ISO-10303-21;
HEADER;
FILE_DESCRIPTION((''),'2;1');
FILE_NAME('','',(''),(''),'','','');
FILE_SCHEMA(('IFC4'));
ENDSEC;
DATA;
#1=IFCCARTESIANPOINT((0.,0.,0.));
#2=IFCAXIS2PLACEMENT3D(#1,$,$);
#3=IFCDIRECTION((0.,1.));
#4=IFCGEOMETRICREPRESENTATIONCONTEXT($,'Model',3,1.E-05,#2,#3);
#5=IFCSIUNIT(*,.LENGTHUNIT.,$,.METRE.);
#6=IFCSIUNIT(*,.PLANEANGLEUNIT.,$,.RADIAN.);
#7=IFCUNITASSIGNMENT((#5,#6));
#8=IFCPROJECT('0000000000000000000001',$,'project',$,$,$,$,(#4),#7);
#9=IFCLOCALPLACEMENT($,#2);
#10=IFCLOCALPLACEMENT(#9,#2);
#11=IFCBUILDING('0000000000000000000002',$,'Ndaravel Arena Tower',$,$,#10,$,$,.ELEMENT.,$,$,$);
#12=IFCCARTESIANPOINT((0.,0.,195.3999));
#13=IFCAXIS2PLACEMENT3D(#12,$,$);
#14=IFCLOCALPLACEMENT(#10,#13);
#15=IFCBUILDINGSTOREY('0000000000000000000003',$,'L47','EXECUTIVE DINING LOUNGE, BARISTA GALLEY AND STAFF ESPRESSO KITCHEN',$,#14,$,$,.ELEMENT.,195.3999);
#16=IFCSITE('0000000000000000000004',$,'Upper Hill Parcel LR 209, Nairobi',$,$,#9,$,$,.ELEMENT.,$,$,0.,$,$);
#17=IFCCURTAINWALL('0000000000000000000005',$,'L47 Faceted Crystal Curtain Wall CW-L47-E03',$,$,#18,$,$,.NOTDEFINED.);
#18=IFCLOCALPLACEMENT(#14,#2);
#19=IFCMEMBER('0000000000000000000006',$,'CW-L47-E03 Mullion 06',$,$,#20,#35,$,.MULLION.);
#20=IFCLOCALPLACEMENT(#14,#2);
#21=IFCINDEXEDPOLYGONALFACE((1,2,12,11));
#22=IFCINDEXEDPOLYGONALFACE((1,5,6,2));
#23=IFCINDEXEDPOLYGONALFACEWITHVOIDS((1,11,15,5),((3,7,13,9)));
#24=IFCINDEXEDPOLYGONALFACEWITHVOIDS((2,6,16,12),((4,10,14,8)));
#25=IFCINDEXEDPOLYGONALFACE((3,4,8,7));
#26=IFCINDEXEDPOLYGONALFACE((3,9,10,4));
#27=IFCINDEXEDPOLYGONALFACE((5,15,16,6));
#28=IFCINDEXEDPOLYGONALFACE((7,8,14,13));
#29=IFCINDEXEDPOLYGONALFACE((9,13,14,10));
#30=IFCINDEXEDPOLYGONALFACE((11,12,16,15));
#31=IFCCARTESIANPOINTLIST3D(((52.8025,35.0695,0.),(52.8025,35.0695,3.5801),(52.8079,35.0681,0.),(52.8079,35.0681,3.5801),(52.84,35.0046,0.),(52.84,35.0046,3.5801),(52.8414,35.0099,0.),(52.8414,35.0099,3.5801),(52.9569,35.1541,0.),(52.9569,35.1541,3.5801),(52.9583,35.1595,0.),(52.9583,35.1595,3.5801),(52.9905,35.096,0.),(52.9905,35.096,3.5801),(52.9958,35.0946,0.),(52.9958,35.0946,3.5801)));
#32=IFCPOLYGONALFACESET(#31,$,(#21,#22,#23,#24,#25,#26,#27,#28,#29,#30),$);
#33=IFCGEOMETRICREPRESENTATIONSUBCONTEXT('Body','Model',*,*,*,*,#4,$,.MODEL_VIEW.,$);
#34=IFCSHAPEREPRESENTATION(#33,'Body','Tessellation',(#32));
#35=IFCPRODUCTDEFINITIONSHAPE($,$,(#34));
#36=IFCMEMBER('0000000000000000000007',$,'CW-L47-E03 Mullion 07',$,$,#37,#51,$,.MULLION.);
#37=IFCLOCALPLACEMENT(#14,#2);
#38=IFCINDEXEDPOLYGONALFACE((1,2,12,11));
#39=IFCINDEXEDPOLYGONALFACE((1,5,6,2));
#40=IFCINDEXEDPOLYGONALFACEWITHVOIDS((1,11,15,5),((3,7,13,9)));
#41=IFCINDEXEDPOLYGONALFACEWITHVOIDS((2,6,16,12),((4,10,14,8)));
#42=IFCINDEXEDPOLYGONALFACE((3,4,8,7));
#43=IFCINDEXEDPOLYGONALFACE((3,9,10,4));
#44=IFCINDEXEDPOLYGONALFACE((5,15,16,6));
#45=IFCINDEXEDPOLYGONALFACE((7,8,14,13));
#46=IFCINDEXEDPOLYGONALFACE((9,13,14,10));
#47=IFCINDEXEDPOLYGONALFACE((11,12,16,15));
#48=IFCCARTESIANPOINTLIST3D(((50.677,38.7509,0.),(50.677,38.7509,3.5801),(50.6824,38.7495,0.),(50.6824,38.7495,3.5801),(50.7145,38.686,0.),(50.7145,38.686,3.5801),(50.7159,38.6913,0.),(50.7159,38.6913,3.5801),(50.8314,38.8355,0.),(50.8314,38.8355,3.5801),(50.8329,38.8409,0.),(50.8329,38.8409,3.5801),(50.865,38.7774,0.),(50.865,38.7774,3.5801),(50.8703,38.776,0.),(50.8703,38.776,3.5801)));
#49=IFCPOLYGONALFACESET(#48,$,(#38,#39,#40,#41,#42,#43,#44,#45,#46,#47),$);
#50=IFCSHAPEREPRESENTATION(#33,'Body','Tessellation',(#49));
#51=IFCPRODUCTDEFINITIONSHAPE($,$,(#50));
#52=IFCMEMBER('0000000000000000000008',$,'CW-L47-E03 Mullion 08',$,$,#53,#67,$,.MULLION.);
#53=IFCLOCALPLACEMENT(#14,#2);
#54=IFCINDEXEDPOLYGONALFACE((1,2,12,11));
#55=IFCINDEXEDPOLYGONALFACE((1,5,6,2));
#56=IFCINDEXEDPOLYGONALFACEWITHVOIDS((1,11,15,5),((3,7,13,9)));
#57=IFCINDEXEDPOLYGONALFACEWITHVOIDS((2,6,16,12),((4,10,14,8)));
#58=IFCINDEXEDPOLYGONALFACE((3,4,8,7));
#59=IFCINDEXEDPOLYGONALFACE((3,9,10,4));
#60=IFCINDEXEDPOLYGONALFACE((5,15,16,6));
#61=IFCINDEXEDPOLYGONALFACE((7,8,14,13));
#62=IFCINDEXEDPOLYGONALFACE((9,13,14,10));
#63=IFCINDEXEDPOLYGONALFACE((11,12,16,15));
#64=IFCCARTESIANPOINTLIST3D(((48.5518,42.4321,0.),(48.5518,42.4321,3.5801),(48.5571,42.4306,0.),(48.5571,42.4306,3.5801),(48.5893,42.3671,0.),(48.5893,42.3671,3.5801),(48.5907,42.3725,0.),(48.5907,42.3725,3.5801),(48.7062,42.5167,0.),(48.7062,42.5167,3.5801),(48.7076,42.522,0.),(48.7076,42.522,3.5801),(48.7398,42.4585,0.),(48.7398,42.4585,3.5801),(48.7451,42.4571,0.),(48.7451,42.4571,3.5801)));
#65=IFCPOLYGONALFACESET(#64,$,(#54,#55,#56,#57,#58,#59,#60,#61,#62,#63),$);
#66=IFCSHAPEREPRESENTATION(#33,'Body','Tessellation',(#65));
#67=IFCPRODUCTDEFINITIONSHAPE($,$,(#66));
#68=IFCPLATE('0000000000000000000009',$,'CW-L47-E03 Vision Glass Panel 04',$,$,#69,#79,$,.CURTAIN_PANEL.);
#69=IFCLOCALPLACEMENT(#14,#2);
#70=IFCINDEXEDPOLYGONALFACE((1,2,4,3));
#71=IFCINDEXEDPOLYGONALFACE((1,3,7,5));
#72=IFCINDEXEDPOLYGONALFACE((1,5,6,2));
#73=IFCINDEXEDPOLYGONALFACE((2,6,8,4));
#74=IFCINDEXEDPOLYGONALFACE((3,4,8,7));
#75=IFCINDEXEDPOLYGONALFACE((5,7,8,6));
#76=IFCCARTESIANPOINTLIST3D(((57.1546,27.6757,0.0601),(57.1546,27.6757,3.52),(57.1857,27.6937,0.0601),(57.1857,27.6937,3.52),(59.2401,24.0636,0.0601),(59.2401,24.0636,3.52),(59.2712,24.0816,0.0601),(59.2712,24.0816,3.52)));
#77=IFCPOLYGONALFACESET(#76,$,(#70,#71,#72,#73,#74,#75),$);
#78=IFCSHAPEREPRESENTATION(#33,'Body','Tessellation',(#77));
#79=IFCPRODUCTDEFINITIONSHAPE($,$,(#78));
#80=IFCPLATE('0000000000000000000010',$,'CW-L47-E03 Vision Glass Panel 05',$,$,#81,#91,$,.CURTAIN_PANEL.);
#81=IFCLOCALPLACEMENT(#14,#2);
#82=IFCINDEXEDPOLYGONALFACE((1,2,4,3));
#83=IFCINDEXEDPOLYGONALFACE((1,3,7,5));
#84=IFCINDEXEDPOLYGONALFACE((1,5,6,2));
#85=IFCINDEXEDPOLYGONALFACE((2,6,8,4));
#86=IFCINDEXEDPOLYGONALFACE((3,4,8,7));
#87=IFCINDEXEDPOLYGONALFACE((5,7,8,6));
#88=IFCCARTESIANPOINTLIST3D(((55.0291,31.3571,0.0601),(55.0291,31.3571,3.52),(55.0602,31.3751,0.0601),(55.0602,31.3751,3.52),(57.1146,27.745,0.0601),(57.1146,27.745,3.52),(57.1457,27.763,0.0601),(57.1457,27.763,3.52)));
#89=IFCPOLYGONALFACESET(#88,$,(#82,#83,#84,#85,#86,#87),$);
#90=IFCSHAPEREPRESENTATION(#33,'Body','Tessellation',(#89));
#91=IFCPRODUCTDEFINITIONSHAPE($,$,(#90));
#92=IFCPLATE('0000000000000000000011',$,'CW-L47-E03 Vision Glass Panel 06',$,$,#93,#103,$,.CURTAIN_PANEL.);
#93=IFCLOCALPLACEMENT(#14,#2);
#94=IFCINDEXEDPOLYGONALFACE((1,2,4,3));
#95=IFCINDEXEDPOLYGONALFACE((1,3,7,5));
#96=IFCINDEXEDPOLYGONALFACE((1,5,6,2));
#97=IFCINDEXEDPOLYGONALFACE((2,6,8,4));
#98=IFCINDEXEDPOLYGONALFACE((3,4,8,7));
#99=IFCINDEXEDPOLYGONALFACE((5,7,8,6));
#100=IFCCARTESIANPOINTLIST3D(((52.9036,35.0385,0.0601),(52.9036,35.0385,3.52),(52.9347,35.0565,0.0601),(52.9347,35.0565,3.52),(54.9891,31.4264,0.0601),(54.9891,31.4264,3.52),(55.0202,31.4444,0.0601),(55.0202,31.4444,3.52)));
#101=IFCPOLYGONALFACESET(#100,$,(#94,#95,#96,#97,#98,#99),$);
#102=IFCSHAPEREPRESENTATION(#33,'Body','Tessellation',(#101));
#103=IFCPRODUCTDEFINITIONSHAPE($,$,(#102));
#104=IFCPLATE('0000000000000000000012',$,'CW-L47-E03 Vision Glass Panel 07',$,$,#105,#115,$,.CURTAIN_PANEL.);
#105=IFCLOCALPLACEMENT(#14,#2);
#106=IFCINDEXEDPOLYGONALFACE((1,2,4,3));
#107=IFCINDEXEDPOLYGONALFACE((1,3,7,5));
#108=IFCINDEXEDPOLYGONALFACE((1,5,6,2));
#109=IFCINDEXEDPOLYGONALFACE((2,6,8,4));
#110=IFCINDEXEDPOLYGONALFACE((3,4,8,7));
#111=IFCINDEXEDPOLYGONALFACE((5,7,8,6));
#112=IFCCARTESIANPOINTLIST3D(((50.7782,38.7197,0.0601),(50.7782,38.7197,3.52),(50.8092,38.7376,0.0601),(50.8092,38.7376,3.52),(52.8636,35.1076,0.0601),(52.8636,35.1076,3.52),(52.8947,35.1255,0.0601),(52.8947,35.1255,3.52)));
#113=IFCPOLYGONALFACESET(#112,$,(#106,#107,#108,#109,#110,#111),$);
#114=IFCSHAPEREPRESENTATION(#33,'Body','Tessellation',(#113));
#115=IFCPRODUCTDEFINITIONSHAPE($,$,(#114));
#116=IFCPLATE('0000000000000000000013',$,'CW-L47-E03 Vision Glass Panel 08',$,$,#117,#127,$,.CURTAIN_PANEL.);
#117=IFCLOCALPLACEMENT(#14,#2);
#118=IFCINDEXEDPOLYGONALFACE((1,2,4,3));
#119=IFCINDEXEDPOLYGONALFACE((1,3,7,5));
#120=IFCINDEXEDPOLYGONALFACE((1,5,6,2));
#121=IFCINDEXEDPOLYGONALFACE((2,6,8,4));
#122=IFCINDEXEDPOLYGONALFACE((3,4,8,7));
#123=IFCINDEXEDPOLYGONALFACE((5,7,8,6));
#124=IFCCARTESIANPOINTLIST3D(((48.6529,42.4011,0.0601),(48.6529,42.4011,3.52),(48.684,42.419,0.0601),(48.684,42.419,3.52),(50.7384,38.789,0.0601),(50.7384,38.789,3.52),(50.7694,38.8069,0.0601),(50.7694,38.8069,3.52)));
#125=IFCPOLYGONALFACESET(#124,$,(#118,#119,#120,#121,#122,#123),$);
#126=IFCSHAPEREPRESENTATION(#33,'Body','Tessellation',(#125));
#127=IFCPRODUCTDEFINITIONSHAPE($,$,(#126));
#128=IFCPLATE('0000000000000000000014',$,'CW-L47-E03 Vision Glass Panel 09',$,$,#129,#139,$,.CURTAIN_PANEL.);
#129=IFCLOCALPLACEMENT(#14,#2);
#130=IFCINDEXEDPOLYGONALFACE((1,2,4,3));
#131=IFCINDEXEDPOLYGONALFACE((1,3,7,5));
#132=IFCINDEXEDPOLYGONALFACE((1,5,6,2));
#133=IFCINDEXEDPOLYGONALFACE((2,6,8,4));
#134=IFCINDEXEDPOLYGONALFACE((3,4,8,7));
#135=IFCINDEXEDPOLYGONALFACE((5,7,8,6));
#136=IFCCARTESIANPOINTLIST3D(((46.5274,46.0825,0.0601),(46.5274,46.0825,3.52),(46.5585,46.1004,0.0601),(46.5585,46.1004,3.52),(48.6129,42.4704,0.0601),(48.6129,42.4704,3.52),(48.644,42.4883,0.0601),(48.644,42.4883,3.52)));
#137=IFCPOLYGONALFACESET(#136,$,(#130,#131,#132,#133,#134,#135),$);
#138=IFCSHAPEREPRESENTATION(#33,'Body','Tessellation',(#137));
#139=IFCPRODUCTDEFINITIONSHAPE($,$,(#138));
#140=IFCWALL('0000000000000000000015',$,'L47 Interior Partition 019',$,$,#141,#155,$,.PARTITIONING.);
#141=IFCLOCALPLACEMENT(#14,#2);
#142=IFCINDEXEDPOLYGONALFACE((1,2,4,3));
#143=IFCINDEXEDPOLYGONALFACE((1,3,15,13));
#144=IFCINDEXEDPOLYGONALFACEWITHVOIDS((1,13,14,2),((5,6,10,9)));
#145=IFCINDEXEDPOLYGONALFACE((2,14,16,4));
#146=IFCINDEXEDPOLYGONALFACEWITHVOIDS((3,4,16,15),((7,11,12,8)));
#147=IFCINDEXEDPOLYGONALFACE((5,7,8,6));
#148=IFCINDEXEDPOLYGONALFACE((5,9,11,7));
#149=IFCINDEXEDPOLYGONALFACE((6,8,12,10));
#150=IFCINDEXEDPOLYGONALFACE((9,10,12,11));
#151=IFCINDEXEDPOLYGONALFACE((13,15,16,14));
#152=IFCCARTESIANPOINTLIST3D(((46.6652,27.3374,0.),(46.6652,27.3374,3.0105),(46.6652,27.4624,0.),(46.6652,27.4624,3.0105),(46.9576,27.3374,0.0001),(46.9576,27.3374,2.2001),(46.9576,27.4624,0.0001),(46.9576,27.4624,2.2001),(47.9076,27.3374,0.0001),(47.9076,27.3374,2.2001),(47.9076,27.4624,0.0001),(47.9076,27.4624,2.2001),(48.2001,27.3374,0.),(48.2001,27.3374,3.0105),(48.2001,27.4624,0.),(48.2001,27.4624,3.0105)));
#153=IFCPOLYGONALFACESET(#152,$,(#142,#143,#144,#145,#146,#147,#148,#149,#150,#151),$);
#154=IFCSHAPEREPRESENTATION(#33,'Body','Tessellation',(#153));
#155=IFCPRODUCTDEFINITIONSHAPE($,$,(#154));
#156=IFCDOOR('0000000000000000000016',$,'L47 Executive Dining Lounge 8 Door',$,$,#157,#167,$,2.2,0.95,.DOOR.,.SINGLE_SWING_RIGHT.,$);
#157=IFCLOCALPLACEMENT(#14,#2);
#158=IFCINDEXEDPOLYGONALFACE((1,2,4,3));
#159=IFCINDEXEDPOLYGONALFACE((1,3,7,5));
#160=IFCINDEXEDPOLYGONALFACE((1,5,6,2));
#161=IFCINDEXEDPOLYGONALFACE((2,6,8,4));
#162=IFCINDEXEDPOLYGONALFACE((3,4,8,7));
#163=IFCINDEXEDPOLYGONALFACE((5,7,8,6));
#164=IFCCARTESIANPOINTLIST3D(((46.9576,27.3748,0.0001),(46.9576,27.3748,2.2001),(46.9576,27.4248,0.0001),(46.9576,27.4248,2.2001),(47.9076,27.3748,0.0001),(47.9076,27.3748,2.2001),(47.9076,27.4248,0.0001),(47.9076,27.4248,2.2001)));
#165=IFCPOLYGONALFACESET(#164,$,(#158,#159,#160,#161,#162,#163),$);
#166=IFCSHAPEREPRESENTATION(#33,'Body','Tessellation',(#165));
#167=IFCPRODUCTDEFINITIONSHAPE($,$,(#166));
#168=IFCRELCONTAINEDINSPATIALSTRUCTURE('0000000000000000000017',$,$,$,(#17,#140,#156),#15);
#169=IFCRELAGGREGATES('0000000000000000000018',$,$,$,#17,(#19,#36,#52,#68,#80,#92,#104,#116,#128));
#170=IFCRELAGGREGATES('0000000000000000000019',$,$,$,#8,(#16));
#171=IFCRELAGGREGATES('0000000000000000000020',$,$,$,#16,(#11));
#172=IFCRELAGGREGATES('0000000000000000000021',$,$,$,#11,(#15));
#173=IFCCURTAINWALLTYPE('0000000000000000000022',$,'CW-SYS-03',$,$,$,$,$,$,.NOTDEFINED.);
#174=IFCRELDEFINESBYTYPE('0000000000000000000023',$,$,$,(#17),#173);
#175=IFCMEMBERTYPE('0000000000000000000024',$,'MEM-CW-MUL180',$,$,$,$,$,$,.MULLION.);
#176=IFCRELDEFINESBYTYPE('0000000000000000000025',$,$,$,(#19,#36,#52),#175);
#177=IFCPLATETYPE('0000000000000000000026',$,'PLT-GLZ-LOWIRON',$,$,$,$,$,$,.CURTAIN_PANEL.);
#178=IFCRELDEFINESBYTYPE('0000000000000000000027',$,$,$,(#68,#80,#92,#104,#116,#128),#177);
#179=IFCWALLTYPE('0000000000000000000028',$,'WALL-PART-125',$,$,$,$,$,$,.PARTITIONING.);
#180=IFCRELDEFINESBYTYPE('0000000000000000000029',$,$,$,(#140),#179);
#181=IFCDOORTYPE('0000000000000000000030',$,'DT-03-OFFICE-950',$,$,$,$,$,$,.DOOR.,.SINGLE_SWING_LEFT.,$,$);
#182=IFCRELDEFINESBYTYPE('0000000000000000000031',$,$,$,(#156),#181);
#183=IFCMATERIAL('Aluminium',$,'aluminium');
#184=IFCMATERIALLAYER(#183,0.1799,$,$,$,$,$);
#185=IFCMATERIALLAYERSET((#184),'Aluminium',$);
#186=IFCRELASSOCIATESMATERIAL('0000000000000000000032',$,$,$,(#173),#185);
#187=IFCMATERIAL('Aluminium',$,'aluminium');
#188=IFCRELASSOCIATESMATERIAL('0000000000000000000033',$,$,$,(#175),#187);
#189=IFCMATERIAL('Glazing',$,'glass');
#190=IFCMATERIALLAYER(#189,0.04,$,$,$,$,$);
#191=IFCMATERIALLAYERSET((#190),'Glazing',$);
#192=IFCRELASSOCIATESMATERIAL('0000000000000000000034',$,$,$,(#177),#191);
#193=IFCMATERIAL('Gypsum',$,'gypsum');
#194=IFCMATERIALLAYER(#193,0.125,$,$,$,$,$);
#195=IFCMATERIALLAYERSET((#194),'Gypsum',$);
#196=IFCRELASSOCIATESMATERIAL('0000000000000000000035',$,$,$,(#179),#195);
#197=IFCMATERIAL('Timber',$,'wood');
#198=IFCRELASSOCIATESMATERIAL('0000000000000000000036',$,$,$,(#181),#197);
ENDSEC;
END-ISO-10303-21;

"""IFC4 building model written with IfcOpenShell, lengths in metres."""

from ifc_helpers import new_model, si_unit, direction, frame, frame_2d, origin, origin_2d, place, context, subcontext, project, spatial, rectangle, hollow_rectangle, extrude, material, layer, layer_set, material_profile, profile_set, type_object, element, fill, aggregate, save


model = new_model("IFC4")

# Units and contexts
model_context = context("Model", 3, precision=1e-05, world=origin(), true_north=direction((0.0, 1.0)))
body_context = subcontext(model_context, "Body", "Model", "MODEL_VIEW")
ifc_project = project(units=[si_unit("LENGTHUNIT", "METRE"), si_unit("PLANEANGLEUNIT", "RADIAN")], contexts=[model_context])

# Site, building, storey
site_placement = place(None, origin())
site = spatial("IfcSite", under=ifc_project, at=site_placement, Name="Upper Hill Parcel LR 209, Nairobi", CompositionType="ELEMENT", RefElevation=0.0)
building_placement = place(site_placement, origin())
building = spatial("IfcBuilding", under=site, at=building_placement, Name="Ndaravel Arena Tower", CompositionType="ELEMENT")
storey_placement = place(building_placement, frame((0.0, 0.0, 195.3999)))
storey = spatial("IfcBuildingStorey", under=building, at=storey_placement, Name="L47", Description="EXECUTIVE DINING LOUNGE, BARISTA GALLEY AND STAFF ESPRESSO KITCHEN", CompositionType="ELEMENT", Elevation=195.3999)

# Curtain wall, members, plates
ifc_material_1 = material(Name="Aluminium", Category="aluminium")
ifc_layer_1 = layer(ifc_material_1, 0.1799)
ifc_layer_set_1 = layer_set([ifc_layer_1], Name="Aluminium")
curtain_wall_type = type_object("IfcCurtainWallType", Name="CW-SYS-03", PredefinedType="NOTDEFINED", material=ifc_layer_set_1)
curtain_wall_placement = place(storey_placement, origin())
curtain_wall = element("IfcCurtainWall", 1, at=curtain_wall_placement, inside=storey, type_object=curtain_wall_type, Name="L47 Faceted Crystal Curtain Wall CW-L47-E03", PredefinedType="NOTDEFINED")
ifc_material_2 = material(Name="Aluminium", Category="aluminium")
ifc_material_profile_1 = material_profile(ifc_material_2, hollow_rectangle(XDim=0.075, YDim=0.1799, WallThickness=0.0039, at=origin_2d()), Name="CW MULLION 75x180x4")
ifc_profile_set_1 = profile_set([ifc_material_profile_1], Name="Aluminium")
member_type = type_object("IfcMemberType", Name="MEM-CW-MUL180", PredefinedType="MULLION", material=ifc_profile_set_1)
member_1_placement = place(storey_placement, frame((52.8992, 35.082, 0.0), z_axis=(0.0, 0.0, 1.0), x_axis=(-0.5, 0.866025, 0.0)))
member_1 = element("IfcMember", 2, at=member_1_placement, type_object=member_type, Name="CW-L47-E03 Mullion 06", PredefinedType="MULLION", context=body_context, shape_type="SweptSolid", body=[
    extrude(hollow_rectangle(XDim=0.075, YDim=0.1799, WallThickness=0.0039, at=origin_2d()), origin(), (0.0, 0.0, 1.0), 3.5801),
])
member_2_placement = place(storey_placement, frame((50.7737, 38.7634, 0.0), z_axis=(0.0, 0.0, 1.0), x_axis=(-0.5, 0.866025, 0.0)))
member_2 = element("IfcMember", 3, at=member_2_placement, type_object=member_type, Name="CW-L47-E03 Mullion 07", PredefinedType="MULLION", context=body_context, shape_type="SweptSolid", body=[
    extrude(hollow_rectangle(XDim=0.075, YDim=0.1799, WallThickness=0.0039, at=origin_2d()), origin(), (0.0, 0.0, 1.0), 3.5801),
])
member_3_placement = place(storey_placement, frame((48.6484, 42.4446, 0.0), z_axis=(0.0, 0.0, 1.0), x_axis=(-0.5, 0.866025, 0.0)))
member_3 = element("IfcMember", 4, at=member_3_placement, type_object=member_type, Name="CW-L47-E03 Mullion 08", PredefinedType="MULLION", context=body_context, shape_type="SweptSolid", body=[
    extrude(hollow_rectangle(XDim=0.075, YDim=0.1799, WallThickness=0.0039, at=origin_2d()), origin(), (0.0, 0.0, 1.0), 3.5801),
])
ifc_material_3 = material(Name="Glazing", Category="glass")
ifc_layer_2 = layer(ifc_material_3, 0.04)
ifc_layer_set_2 = layer_set([ifc_layer_2], Name="Glazing")
plate_type = type_object("IfcPlateType", Name="PLT-GLZ-LOWIRON", PredefinedType="CURTAIN_PANEL", material=ifc_layer_set_2)
plate_1_placement = place(storey_placement, frame((58.2129, 25.8787, 0.0601), z_axis=(0.0, 0.0, 1.0), x_axis=(-0.5, 0.866025, 0.0)))
plate_1 = element("IfcPlate", 5, at=plate_1_placement, type_object=plate_type, Name="CW-L47-E03 Vision Glass Panel 04", PredefinedType="CURTAIN_PANEL", context=body_context, shape_type="SweptSolid", body=[
    extrude(rectangle(XDim=4.1709, YDim=0.0359, at=origin_2d()), origin(), (0.0, 0.0, 1.0), 3.46),
])
plate_2_placement = place(storey_placement, frame((56.0874, 29.5601, 0.0601), z_axis=(0.0, 0.0, 1.0), x_axis=(-0.5, 0.866025, 0.0)))
plate_2 = element("IfcPlate", 6, at=plate_2_placement, type_object=plate_type, Name="CW-L47-E03 Vision Glass Panel 05", PredefinedType="CURTAIN_PANEL", context=body_context, shape_type="SweptSolid", body=[
    extrude(rectangle(XDim=4.1709, YDim=0.0359, at=origin_2d()), origin(), (0.0, 0.0, 1.0), 3.46),
])
plate_3_placement = place(storey_placement, frame((53.9619, 33.2415, 0.0601), z_axis=(0.0, 0.0, 1.0), x_axis=(-0.5, 0.866025, 0.0)))
plate_3 = element("IfcPlate", 7, at=plate_3_placement, type_object=plate_type, Name="CW-L47-E03 Vision Glass Panel 06", PredefinedType="CURTAIN_PANEL", context=body_context, shape_type="SweptSolid", body=[
    extrude(rectangle(XDim=4.1709, YDim=0.0359, at=origin_2d()), origin(), (0.0, 0.0, 1.0), 3.46),
])
plate_4_placement = place(storey_placement, frame((51.8364, 36.9226, 0.0601), z_axis=(0.0, 0.0, 1.0), x_axis=(-0.5, 0.866025, 0.0)))
plate_4 = element("IfcPlate", 8, at=plate_4_placement, type_object=plate_type, Name="CW-L47-E03 Vision Glass Panel 07", PredefinedType="CURTAIN_PANEL", context=body_context, shape_type="SweptSolid", body=[
    extrude(rectangle(XDim=4.1709, YDim=0.0359, at=origin_2d()), origin(), (0.0, 0.0, 1.0), 3.46),
])
plate_5_placement = place(storey_placement, frame((49.7112, 40.604, 0.0601), z_axis=(0.0, 0.0, 1.0), x_axis=(-0.5, 0.866025, 0.0)))
plate_5 = element("IfcPlate", 9, at=plate_5_placement, type_object=plate_type, Name="CW-L47-E03 Vision Glass Panel 08", PredefinedType="CURTAIN_PANEL", context=body_context, shape_type="SweptSolid", body=[
    extrude(rectangle(XDim=4.1709, YDim=0.0359, at=origin_2d()), origin(), (0.0, 0.0, 1.0), 3.46),
])
plate_6_placement = place(storey_placement, frame((47.5857, 44.2854, 0.0601), z_axis=(0.0, 0.0, 1.0), x_axis=(-0.5, 0.866025, 0.0)))
plate_6 = element("IfcPlate", 10, at=plate_6_placement, type_object=plate_type, Name="CW-L47-E03 Vision Glass Panel 09", PredefinedType="CURTAIN_PANEL", context=body_context, shape_type="SweptSolid", body=[
    extrude(rectangle(XDim=4.1709, YDim=0.0359, at=origin_2d()), origin(), (0.0, 0.0, 1.0), 3.46),
])
aggregate(curtain_wall, [member_1, member_2, member_3, plate_1, plate_2, plate_3, plate_4, plate_5, plate_6])

# Wall, opening, door
ifc_material_4 = material(Name="Gypsum", Category="gypsum")
ifc_layer_3 = layer(ifc_material_4, 0.125)
ifc_layer_set_3 = layer_set([ifc_layer_3], Name="Gypsum")
wall_type_1 = type_object("IfcWallType", Name="WALL-PART-125", PredefinedType="PARTITIONING", material=ifc_layer_set_3)
wall_1_placement = place(storey_placement, frame((46.665, 27.3999, 0.0), z_axis=(0.0, 0.0, 1.0), x_axis=(1.0, 0.0, 0.0)))
wall_1 = element("IfcWall", 11, at=wall_1_placement, inside=storey, type_object=wall_type_1, Name="L47 Interior Partition 019", PredefinedType="PARTITIONING", context=body_context, shape_type="SweptSolid", body=[
    extrude(rectangle(XDim=1.5349, YDim=0.125, at=frame_2d((0.7676, 0.0))), origin(), (0.0, 0.0, 1.0), 3.0105),
])
opening_1_placement = place(wall_1_placement, frame((0.2925, 0.0, 0.0)))
opening_1 = element("IfcOpeningElement", 12, at=opening_1_placement, cuts=wall_1, PredefinedType="OPENING", context=body_context, shape_type="SweptSolid", body=[
    extrude(rectangle(XDim=0.95, YDim=2.2, at=frame_2d((0.4751, 1.1001))), frame((0.0, 0.0625, 0.0), z_axis=(0.0, -1.0, 0.0), x_axis=(1.0, 0.0, 0.0)), (0.0, 0.0, 1.0), 0.125),
])
ifc_material_5 = material(Name="Timber", Category="wood")
door_type = type_object("IfcDoorType", Name="DT-03-OFFICE-950", OperationType="SINGLE_SWING_LEFT", PredefinedType="DOOR", material=ifc_material_5)
door_1_placement = place(opening_1_placement, origin())
door_1 = element("IfcDoor", 13, at=door_1_placement, inside=storey, type_object=door_type, Name="L47 Executive Dining Lounge 8 Door", OperationType="SINGLE_SWING_RIGHT", OverallHeight=2.2, OverallWidth=0.95, PredefinedType="DOOR", context=body_context, shape_type="SweptSolid", body=[
    extrude(rectangle(XDim=0.95, YDim=2.2, at=frame_2d((0.4751, 1.1001))), frame((0.0, 0.0249, 0.0), z_axis=(0.0, -1.0, 0.0), x_axis=(1.0, 0.0, 0.0)), (0.0, 0.0, 1.0), 0.05),
])
fill(opening_1, door_1)

save(model, "model.ifc")
